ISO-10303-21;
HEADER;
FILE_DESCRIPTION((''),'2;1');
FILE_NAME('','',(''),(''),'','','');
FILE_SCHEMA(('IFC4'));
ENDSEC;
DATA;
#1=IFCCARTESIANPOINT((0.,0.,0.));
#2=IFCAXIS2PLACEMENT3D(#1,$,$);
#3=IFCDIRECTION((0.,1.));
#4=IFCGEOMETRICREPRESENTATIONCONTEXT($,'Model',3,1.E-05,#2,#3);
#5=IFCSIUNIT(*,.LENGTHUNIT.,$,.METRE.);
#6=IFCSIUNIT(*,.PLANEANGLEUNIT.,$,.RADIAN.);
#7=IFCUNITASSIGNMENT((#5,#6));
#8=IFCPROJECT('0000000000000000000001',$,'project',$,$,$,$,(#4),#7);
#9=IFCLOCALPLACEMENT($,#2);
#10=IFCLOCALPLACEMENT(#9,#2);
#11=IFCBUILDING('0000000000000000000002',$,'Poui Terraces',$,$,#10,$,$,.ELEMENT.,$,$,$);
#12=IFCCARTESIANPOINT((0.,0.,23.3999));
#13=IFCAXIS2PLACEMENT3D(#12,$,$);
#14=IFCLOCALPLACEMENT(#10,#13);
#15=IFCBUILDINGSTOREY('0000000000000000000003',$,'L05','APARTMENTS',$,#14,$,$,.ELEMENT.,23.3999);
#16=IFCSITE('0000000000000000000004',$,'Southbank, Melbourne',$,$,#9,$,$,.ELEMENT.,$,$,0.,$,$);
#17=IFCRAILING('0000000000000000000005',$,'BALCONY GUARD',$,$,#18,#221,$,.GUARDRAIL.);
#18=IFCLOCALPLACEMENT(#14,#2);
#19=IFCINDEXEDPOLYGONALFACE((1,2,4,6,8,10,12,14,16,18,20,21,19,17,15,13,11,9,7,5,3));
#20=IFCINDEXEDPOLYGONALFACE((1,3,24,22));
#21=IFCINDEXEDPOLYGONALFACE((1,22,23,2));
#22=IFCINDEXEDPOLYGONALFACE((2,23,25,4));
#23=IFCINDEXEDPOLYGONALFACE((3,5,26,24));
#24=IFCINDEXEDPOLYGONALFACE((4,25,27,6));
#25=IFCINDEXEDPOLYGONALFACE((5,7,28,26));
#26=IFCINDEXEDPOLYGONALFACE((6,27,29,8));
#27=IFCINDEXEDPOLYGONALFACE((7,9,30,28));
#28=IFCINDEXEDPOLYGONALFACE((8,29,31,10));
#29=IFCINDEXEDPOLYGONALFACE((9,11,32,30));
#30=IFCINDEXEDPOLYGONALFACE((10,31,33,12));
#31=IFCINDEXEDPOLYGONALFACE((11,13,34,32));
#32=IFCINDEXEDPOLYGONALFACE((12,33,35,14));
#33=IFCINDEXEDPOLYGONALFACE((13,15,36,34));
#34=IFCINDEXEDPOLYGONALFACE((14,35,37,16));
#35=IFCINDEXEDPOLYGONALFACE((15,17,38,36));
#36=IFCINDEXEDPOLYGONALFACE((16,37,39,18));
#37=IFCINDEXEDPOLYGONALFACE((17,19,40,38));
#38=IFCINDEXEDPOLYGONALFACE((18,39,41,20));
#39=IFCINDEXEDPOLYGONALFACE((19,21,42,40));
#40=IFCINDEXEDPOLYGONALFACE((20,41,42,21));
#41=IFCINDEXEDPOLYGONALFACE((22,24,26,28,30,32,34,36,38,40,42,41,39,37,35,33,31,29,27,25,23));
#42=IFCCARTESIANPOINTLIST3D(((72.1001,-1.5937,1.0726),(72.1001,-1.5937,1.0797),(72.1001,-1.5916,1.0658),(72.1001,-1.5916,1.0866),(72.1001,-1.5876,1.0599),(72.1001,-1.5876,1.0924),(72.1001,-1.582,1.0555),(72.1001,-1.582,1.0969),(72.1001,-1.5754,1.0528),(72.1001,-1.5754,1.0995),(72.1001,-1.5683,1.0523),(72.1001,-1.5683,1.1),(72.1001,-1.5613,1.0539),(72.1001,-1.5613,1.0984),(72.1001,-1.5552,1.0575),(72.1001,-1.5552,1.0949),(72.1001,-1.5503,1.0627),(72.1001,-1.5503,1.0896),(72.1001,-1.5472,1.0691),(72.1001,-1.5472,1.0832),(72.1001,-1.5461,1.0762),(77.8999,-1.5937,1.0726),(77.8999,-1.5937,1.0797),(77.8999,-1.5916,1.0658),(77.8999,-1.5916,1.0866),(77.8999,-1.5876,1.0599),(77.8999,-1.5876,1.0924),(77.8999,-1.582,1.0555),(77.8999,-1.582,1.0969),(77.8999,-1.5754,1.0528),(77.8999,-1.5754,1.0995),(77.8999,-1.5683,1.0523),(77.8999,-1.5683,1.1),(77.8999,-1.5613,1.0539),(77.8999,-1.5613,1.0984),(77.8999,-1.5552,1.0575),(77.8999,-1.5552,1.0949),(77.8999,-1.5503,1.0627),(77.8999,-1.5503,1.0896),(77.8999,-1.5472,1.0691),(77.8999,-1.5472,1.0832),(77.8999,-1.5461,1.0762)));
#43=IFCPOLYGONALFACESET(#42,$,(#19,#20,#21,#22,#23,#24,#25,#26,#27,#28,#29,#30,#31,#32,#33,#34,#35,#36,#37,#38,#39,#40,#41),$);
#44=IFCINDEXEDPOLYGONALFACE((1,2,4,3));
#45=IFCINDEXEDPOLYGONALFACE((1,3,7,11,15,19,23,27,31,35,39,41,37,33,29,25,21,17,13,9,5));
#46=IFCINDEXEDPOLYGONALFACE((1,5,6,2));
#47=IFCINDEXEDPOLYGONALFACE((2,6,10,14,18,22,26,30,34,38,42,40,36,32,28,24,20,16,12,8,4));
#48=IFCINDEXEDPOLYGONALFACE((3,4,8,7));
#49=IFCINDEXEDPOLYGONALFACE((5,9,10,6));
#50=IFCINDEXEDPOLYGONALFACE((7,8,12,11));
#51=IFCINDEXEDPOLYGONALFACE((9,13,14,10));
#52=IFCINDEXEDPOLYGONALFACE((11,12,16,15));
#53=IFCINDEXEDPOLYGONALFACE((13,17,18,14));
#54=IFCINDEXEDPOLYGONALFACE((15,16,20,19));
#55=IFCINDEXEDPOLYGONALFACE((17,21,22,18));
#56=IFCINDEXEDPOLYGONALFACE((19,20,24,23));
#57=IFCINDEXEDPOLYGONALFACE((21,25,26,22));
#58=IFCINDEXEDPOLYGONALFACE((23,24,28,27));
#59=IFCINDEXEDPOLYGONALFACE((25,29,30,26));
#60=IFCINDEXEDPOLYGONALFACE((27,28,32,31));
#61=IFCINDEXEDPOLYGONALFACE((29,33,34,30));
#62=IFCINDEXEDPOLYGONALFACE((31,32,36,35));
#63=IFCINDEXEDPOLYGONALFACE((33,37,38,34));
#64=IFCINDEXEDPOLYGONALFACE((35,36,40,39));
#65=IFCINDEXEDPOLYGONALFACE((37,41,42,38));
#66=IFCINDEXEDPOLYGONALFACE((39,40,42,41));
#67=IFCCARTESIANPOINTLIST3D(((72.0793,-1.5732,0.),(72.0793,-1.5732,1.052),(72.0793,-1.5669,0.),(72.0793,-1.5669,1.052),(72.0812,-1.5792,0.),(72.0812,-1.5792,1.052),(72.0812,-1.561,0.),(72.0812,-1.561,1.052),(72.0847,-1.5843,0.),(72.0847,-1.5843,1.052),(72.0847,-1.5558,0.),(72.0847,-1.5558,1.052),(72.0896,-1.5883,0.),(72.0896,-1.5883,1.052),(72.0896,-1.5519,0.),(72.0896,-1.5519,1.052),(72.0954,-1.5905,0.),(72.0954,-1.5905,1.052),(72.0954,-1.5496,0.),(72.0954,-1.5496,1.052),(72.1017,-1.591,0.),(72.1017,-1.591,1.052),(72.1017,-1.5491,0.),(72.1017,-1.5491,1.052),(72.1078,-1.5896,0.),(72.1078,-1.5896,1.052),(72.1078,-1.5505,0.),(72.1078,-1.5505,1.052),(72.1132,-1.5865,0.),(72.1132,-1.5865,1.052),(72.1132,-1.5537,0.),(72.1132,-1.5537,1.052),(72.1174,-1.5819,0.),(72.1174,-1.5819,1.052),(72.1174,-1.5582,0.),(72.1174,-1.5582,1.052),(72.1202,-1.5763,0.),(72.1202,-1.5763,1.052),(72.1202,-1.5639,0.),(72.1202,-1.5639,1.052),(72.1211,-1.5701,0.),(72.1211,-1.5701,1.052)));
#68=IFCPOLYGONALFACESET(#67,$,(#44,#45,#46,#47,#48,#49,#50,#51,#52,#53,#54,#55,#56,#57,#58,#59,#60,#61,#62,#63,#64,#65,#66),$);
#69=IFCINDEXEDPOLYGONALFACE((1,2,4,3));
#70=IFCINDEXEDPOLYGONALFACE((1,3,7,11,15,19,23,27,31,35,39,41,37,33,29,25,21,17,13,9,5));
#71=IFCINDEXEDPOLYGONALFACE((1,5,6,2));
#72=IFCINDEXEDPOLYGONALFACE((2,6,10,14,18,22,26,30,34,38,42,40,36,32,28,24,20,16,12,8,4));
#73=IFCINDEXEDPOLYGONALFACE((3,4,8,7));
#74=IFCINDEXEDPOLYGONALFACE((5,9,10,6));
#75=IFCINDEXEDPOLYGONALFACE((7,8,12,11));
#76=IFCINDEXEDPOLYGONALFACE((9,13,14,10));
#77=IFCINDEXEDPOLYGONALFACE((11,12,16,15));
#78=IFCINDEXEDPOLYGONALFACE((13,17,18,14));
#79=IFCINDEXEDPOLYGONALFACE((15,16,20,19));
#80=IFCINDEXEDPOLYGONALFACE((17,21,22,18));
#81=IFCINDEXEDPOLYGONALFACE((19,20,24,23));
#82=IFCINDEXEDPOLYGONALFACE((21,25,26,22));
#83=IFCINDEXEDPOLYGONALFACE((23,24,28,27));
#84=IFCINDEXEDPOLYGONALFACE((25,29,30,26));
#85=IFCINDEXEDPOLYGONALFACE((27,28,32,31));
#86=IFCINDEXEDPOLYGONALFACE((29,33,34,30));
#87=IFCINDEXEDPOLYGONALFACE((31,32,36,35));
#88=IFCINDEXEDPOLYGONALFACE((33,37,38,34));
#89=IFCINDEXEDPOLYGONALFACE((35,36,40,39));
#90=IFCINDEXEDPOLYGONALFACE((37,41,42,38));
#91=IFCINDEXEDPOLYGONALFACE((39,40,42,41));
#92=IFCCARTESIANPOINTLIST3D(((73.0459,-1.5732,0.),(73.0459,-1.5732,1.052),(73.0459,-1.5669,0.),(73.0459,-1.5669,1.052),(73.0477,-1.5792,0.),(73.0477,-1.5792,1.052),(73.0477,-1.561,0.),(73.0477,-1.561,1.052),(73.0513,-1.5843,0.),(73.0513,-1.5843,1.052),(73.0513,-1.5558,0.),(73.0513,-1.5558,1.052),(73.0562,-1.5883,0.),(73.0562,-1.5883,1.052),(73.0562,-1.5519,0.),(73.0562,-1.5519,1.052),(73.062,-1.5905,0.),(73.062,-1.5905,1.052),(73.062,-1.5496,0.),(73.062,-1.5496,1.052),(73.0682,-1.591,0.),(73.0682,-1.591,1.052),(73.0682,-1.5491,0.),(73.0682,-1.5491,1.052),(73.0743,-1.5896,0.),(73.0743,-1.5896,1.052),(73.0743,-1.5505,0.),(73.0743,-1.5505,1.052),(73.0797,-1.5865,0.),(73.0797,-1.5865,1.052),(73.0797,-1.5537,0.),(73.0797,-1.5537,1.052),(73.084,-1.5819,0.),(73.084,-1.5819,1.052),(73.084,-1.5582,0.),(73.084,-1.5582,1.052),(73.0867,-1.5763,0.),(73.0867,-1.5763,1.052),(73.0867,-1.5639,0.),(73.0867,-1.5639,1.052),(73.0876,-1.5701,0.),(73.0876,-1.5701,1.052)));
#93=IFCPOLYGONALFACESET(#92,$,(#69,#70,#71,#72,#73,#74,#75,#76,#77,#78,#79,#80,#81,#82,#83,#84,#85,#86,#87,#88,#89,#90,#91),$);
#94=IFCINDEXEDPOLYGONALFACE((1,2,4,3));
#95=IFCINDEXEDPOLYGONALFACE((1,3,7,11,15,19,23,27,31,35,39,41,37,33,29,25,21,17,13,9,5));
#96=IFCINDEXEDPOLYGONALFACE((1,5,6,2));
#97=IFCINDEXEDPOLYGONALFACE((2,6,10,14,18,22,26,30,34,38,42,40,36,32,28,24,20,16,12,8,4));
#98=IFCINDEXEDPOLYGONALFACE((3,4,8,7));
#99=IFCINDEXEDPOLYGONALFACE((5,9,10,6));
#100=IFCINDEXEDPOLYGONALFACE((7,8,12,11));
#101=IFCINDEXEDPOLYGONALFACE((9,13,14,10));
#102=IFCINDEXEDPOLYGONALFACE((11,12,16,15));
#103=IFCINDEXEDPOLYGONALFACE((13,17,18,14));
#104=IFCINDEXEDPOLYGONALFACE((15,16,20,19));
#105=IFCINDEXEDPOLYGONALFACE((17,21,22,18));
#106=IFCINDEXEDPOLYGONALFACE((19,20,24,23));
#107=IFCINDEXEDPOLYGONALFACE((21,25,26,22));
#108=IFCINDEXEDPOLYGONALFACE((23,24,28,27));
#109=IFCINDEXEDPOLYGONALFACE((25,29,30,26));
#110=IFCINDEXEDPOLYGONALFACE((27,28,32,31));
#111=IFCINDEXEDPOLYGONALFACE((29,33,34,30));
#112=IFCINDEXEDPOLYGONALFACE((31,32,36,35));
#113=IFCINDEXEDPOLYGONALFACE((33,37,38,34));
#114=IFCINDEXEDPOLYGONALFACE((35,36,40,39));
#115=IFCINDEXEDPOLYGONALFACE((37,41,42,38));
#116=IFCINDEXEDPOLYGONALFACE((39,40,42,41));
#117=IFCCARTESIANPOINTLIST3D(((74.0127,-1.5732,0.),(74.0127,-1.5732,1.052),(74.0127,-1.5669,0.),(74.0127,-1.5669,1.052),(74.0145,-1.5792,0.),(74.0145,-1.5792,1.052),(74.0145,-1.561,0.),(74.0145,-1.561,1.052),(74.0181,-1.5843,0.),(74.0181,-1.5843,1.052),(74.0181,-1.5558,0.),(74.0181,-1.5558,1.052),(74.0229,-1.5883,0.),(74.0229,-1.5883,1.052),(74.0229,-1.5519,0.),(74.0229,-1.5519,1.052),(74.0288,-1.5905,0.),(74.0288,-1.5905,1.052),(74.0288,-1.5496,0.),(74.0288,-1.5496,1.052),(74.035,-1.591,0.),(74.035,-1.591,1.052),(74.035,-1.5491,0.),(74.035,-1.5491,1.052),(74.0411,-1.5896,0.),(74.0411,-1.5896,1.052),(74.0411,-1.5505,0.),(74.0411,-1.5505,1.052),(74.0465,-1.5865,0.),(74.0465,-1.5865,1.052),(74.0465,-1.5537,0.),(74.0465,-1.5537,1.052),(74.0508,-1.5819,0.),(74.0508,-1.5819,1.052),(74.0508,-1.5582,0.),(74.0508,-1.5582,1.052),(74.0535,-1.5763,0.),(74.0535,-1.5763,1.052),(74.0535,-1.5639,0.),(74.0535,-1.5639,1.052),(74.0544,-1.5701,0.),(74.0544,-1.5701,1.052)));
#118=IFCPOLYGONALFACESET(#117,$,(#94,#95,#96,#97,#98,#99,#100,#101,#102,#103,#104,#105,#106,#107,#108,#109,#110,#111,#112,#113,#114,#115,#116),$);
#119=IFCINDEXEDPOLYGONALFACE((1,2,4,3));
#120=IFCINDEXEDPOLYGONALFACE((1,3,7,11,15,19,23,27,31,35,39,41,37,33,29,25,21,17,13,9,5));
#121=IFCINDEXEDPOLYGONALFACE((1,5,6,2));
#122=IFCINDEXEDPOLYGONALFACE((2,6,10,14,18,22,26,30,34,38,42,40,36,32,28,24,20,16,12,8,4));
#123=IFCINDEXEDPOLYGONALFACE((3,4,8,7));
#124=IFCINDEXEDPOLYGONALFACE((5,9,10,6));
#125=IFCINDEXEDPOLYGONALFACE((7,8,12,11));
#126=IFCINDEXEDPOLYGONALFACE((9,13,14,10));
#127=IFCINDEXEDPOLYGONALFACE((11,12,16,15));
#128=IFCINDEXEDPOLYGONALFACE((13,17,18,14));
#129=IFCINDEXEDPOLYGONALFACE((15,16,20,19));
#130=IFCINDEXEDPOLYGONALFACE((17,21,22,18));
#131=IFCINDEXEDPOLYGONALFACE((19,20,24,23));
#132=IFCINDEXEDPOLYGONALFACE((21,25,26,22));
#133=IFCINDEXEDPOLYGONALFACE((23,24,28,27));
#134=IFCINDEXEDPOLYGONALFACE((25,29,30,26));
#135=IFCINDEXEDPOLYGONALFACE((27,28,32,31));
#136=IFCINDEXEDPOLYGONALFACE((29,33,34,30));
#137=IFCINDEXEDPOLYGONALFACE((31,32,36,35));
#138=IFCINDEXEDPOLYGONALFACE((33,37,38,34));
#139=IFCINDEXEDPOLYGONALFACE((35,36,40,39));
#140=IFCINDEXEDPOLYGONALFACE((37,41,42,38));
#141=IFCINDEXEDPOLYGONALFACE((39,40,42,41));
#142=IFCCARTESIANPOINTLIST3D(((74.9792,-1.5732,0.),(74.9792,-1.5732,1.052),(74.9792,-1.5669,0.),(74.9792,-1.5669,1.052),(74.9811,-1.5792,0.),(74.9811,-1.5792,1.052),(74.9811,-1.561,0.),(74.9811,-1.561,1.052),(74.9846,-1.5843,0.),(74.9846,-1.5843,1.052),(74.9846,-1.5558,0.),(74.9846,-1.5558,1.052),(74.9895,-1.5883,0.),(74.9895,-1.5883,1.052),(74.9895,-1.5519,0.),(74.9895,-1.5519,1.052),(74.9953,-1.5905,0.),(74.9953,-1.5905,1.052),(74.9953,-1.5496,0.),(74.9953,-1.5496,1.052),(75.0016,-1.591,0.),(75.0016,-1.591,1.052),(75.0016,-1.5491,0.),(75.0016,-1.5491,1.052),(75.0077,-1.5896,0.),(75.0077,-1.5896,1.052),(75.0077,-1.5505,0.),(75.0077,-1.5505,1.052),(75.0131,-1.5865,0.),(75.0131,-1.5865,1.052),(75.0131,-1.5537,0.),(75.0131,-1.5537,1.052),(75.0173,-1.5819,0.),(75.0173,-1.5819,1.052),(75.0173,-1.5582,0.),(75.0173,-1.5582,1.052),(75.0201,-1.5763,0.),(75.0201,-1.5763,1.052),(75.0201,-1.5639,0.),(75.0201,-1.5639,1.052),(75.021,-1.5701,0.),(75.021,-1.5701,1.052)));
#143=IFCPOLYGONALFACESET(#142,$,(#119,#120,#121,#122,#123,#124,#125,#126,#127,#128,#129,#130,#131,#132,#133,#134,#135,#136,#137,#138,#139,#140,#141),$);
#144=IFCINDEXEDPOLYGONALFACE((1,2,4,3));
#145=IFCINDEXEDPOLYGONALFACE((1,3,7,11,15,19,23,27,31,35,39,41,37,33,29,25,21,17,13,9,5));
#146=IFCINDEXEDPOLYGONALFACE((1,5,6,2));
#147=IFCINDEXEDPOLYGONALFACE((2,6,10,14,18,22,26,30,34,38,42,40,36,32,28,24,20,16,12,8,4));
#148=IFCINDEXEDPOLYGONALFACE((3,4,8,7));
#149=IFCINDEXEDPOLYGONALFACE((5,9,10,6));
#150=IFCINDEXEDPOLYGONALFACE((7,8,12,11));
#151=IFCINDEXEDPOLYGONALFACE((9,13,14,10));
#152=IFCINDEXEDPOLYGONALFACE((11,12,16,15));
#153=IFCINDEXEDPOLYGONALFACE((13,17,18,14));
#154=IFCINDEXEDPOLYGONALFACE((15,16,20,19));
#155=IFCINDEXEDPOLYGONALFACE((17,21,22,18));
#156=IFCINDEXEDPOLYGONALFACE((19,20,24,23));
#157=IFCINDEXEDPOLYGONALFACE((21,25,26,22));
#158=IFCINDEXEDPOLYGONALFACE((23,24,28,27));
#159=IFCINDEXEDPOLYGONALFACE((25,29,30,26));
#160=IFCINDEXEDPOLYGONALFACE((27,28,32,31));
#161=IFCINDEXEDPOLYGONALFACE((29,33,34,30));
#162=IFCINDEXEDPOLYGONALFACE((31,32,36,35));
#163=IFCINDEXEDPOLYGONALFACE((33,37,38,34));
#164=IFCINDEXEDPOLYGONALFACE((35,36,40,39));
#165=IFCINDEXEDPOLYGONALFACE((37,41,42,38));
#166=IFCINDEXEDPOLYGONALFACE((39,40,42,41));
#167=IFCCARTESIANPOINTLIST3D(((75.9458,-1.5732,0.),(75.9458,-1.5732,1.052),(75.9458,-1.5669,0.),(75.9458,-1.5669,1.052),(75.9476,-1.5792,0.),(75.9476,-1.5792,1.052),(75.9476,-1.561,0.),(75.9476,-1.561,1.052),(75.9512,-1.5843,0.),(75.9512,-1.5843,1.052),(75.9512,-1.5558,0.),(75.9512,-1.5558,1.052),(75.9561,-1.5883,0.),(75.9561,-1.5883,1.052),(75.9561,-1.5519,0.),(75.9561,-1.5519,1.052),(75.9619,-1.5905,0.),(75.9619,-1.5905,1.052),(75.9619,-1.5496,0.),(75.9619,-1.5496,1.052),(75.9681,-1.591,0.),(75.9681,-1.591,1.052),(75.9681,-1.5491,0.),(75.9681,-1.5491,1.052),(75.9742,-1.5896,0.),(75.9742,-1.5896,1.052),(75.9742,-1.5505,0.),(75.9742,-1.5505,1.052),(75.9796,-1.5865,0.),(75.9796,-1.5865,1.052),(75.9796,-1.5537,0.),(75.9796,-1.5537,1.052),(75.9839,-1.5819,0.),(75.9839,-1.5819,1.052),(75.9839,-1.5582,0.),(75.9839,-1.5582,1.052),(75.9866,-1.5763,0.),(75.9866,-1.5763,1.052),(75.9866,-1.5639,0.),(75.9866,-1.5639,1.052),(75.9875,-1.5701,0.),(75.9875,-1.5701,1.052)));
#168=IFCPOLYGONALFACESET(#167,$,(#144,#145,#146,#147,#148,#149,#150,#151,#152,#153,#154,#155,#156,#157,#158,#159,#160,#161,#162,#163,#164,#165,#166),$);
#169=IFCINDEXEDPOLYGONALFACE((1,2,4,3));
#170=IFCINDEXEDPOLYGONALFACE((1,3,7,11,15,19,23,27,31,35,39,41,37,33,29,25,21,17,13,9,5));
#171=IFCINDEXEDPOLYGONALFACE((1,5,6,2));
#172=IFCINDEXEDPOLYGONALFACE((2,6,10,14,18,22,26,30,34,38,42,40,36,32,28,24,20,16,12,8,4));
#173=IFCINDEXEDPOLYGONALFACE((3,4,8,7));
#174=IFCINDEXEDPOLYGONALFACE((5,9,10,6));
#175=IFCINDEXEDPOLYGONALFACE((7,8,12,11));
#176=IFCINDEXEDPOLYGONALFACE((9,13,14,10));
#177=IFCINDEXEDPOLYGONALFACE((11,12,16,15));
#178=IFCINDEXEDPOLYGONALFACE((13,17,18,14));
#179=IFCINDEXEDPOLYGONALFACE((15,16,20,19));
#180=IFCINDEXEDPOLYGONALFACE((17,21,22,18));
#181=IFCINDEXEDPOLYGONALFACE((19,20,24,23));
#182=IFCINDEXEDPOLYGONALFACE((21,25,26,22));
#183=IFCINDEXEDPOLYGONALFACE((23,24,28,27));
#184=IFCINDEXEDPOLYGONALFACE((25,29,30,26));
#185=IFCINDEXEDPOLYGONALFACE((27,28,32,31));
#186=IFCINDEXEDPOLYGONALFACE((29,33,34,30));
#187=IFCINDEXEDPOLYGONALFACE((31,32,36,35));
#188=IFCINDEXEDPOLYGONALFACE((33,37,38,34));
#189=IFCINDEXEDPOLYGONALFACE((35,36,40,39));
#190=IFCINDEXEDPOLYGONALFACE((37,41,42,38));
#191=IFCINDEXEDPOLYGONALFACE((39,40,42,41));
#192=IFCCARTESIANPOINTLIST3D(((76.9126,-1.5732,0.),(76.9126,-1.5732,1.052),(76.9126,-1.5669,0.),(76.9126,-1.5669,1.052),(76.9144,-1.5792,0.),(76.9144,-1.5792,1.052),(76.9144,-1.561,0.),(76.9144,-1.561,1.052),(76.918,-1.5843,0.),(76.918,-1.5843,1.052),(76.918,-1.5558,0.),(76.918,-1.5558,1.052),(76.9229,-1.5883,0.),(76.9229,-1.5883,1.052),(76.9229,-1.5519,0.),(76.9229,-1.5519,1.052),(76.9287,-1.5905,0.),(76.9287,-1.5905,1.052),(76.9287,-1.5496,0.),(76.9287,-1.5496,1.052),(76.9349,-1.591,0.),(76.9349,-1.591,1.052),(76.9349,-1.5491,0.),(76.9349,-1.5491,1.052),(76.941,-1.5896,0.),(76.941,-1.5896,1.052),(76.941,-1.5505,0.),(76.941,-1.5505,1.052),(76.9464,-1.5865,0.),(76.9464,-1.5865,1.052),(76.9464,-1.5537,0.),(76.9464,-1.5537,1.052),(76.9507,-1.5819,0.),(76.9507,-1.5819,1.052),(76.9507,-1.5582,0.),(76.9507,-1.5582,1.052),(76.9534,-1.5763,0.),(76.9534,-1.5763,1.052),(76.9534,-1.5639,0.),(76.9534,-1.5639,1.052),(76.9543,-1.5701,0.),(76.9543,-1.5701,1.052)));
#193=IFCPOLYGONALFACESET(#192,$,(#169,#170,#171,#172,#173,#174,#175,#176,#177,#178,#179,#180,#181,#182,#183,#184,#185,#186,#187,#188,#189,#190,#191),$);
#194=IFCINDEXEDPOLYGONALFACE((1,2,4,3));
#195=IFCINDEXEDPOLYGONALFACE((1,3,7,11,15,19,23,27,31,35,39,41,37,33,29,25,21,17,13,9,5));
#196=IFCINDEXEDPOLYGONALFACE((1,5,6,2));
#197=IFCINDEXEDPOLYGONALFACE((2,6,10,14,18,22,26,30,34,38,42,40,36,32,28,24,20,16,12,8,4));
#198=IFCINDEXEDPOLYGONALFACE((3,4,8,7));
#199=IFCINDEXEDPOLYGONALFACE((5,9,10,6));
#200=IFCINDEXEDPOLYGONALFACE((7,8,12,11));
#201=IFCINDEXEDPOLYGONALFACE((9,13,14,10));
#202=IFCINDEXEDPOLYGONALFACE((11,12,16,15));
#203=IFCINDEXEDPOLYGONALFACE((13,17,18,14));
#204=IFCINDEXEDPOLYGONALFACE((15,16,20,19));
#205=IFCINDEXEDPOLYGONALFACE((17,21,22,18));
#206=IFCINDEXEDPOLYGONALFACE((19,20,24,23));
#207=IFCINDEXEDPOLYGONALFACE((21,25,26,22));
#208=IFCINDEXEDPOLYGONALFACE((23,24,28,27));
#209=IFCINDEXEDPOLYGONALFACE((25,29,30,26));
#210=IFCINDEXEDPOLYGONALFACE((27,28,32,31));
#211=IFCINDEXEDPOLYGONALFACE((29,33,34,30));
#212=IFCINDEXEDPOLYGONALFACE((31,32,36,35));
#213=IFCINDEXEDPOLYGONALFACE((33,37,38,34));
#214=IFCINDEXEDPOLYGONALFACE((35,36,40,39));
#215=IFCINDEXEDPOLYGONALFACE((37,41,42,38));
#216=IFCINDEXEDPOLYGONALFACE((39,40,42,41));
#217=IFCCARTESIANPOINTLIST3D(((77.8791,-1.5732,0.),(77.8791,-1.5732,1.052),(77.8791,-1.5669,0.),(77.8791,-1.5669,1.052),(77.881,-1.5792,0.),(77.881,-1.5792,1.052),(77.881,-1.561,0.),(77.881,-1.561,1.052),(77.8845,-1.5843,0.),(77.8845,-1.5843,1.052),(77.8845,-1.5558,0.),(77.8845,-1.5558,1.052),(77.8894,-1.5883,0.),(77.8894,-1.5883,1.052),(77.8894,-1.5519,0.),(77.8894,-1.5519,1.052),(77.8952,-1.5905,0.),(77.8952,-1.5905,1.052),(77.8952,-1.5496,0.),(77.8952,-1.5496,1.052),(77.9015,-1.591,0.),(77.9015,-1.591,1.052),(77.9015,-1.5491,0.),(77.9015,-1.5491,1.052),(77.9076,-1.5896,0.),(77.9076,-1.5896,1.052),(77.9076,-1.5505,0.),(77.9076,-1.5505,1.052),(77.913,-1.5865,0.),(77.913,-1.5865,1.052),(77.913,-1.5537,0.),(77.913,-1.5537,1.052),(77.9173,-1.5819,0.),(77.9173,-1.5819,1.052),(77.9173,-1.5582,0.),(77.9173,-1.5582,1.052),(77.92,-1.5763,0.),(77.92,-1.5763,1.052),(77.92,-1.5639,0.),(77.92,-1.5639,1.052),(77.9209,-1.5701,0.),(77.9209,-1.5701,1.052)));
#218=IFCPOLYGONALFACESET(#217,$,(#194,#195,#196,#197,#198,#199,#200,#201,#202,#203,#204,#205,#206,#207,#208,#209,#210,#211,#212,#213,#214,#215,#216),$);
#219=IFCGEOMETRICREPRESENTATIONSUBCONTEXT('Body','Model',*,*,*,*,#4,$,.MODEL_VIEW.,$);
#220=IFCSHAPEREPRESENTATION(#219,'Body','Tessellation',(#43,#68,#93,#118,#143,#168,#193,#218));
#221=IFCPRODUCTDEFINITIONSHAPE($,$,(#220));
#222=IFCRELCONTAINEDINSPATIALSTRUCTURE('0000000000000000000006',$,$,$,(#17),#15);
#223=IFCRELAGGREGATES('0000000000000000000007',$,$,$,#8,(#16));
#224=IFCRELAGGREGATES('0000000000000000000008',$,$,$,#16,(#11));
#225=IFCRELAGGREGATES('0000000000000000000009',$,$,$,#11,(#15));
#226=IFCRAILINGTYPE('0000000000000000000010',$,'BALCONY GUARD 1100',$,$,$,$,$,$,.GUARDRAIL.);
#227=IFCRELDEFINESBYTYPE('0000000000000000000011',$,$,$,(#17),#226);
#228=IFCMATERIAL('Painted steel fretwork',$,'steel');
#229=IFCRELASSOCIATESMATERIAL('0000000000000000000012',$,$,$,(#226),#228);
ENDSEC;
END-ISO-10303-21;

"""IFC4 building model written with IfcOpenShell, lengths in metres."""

from ifc_helpers import new_model, si_unit, direction, frame, origin, origin_2d, place, context, subcontext, project, spatial, circle, extrude, material, type_object, element, save


model = new_model("IFC4")

# Units and contexts
model_context = context("Model", 3, precision=1e-05, world=origin(), true_north=direction((0.0, 1.0)))
body_context = subcontext(model_context, "Body", "Model", "MODEL_VIEW")
ifc_project = project(units=[si_unit("LENGTHUNIT", "METRE"), si_unit("PLANEANGLEUNIT", "RADIAN")], contexts=[model_context])

# Site, building, storey
site_placement = place(None, origin())
site = spatial("IfcSite", under=ifc_project, at=site_placement, Name="Southbank, Melbourne", CompositionType="ELEMENT", RefElevation=0.0)
building_placement = place(site_placement, origin())
building = spatial("IfcBuilding", under=site, at=building_placement, Name="Poui Terraces", CompositionType="ELEMENT")
storey_placement = place(building_placement, frame((0.0, 0.0, 23.3999)))
storey = spatial("IfcBuildingStorey", under=building, at=storey_placement, Name="L05", Description="APARTMENTS", CompositionType="ELEMENT", Elevation=23.3999)

# Railing
ifc_material_1 = material(Name="Painted steel fretwork", Category="steel")
railing_type = type_object("IfcRailingType", Name="BALCONY GUARD 1100", PredefinedType="GUARDRAIL", material=ifc_material_1)
railing_placement = place(storey_placement, frame((72.1001, -1.5701, 0.0)))
element("IfcRailing", 1, at=railing_placement, inside=storey, type_object=railing_type, Name="BALCONY GUARD", PredefinedType="GUARDRAIL", context=body_context, shape_type="SweptSolid", body=[
    extrude(circle(Radius=0.0239, at=origin_2d()), frame((0.0, 0.0, 1.0762), z_axis=(1.0, 0.0, 0.0), x_axis=(0.0, 1.0, 0.0)), (0.0, 0.0, 1.0), 5.7998),
    extrude(circle(Radius=0.021, at=origin_2d()), origin(), (0.0, 0.0, 1.0), 1.052),
    extrude(circle(Radius=0.021, at=origin_2d()), frame((0.9666, 0.0, 0.0)), (0.0, 0.0, 1.0), 1.052),
    extrude(circle(Radius=0.021, at=origin_2d()), frame((1.9333, 0.0, 0.0)), (0.0, 0.0, 1.0), 1.052),
    extrude(circle(Radius=0.021, at=origin_2d()), frame((2.8999, 0.0, 0.0)), (0.0, 0.0, 1.0), 1.052),
    extrude(circle(Radius=0.021, at=origin_2d()), frame((3.8665, 0.0, 0.0)), (0.0, 0.0, 1.0), 1.052),
    extrude(circle(Radius=0.021, at=origin_2d()), frame((4.8333, 0.0, 0.0)), (0.0, 0.0, 1.0), 1.052),
    extrude(circle(Radius=0.021, at=origin_2d()), frame((5.7998, 0.0, 0.0)), (0.0, 0.0, 1.0), 1.052),
])

save(model, "model.ifc")
